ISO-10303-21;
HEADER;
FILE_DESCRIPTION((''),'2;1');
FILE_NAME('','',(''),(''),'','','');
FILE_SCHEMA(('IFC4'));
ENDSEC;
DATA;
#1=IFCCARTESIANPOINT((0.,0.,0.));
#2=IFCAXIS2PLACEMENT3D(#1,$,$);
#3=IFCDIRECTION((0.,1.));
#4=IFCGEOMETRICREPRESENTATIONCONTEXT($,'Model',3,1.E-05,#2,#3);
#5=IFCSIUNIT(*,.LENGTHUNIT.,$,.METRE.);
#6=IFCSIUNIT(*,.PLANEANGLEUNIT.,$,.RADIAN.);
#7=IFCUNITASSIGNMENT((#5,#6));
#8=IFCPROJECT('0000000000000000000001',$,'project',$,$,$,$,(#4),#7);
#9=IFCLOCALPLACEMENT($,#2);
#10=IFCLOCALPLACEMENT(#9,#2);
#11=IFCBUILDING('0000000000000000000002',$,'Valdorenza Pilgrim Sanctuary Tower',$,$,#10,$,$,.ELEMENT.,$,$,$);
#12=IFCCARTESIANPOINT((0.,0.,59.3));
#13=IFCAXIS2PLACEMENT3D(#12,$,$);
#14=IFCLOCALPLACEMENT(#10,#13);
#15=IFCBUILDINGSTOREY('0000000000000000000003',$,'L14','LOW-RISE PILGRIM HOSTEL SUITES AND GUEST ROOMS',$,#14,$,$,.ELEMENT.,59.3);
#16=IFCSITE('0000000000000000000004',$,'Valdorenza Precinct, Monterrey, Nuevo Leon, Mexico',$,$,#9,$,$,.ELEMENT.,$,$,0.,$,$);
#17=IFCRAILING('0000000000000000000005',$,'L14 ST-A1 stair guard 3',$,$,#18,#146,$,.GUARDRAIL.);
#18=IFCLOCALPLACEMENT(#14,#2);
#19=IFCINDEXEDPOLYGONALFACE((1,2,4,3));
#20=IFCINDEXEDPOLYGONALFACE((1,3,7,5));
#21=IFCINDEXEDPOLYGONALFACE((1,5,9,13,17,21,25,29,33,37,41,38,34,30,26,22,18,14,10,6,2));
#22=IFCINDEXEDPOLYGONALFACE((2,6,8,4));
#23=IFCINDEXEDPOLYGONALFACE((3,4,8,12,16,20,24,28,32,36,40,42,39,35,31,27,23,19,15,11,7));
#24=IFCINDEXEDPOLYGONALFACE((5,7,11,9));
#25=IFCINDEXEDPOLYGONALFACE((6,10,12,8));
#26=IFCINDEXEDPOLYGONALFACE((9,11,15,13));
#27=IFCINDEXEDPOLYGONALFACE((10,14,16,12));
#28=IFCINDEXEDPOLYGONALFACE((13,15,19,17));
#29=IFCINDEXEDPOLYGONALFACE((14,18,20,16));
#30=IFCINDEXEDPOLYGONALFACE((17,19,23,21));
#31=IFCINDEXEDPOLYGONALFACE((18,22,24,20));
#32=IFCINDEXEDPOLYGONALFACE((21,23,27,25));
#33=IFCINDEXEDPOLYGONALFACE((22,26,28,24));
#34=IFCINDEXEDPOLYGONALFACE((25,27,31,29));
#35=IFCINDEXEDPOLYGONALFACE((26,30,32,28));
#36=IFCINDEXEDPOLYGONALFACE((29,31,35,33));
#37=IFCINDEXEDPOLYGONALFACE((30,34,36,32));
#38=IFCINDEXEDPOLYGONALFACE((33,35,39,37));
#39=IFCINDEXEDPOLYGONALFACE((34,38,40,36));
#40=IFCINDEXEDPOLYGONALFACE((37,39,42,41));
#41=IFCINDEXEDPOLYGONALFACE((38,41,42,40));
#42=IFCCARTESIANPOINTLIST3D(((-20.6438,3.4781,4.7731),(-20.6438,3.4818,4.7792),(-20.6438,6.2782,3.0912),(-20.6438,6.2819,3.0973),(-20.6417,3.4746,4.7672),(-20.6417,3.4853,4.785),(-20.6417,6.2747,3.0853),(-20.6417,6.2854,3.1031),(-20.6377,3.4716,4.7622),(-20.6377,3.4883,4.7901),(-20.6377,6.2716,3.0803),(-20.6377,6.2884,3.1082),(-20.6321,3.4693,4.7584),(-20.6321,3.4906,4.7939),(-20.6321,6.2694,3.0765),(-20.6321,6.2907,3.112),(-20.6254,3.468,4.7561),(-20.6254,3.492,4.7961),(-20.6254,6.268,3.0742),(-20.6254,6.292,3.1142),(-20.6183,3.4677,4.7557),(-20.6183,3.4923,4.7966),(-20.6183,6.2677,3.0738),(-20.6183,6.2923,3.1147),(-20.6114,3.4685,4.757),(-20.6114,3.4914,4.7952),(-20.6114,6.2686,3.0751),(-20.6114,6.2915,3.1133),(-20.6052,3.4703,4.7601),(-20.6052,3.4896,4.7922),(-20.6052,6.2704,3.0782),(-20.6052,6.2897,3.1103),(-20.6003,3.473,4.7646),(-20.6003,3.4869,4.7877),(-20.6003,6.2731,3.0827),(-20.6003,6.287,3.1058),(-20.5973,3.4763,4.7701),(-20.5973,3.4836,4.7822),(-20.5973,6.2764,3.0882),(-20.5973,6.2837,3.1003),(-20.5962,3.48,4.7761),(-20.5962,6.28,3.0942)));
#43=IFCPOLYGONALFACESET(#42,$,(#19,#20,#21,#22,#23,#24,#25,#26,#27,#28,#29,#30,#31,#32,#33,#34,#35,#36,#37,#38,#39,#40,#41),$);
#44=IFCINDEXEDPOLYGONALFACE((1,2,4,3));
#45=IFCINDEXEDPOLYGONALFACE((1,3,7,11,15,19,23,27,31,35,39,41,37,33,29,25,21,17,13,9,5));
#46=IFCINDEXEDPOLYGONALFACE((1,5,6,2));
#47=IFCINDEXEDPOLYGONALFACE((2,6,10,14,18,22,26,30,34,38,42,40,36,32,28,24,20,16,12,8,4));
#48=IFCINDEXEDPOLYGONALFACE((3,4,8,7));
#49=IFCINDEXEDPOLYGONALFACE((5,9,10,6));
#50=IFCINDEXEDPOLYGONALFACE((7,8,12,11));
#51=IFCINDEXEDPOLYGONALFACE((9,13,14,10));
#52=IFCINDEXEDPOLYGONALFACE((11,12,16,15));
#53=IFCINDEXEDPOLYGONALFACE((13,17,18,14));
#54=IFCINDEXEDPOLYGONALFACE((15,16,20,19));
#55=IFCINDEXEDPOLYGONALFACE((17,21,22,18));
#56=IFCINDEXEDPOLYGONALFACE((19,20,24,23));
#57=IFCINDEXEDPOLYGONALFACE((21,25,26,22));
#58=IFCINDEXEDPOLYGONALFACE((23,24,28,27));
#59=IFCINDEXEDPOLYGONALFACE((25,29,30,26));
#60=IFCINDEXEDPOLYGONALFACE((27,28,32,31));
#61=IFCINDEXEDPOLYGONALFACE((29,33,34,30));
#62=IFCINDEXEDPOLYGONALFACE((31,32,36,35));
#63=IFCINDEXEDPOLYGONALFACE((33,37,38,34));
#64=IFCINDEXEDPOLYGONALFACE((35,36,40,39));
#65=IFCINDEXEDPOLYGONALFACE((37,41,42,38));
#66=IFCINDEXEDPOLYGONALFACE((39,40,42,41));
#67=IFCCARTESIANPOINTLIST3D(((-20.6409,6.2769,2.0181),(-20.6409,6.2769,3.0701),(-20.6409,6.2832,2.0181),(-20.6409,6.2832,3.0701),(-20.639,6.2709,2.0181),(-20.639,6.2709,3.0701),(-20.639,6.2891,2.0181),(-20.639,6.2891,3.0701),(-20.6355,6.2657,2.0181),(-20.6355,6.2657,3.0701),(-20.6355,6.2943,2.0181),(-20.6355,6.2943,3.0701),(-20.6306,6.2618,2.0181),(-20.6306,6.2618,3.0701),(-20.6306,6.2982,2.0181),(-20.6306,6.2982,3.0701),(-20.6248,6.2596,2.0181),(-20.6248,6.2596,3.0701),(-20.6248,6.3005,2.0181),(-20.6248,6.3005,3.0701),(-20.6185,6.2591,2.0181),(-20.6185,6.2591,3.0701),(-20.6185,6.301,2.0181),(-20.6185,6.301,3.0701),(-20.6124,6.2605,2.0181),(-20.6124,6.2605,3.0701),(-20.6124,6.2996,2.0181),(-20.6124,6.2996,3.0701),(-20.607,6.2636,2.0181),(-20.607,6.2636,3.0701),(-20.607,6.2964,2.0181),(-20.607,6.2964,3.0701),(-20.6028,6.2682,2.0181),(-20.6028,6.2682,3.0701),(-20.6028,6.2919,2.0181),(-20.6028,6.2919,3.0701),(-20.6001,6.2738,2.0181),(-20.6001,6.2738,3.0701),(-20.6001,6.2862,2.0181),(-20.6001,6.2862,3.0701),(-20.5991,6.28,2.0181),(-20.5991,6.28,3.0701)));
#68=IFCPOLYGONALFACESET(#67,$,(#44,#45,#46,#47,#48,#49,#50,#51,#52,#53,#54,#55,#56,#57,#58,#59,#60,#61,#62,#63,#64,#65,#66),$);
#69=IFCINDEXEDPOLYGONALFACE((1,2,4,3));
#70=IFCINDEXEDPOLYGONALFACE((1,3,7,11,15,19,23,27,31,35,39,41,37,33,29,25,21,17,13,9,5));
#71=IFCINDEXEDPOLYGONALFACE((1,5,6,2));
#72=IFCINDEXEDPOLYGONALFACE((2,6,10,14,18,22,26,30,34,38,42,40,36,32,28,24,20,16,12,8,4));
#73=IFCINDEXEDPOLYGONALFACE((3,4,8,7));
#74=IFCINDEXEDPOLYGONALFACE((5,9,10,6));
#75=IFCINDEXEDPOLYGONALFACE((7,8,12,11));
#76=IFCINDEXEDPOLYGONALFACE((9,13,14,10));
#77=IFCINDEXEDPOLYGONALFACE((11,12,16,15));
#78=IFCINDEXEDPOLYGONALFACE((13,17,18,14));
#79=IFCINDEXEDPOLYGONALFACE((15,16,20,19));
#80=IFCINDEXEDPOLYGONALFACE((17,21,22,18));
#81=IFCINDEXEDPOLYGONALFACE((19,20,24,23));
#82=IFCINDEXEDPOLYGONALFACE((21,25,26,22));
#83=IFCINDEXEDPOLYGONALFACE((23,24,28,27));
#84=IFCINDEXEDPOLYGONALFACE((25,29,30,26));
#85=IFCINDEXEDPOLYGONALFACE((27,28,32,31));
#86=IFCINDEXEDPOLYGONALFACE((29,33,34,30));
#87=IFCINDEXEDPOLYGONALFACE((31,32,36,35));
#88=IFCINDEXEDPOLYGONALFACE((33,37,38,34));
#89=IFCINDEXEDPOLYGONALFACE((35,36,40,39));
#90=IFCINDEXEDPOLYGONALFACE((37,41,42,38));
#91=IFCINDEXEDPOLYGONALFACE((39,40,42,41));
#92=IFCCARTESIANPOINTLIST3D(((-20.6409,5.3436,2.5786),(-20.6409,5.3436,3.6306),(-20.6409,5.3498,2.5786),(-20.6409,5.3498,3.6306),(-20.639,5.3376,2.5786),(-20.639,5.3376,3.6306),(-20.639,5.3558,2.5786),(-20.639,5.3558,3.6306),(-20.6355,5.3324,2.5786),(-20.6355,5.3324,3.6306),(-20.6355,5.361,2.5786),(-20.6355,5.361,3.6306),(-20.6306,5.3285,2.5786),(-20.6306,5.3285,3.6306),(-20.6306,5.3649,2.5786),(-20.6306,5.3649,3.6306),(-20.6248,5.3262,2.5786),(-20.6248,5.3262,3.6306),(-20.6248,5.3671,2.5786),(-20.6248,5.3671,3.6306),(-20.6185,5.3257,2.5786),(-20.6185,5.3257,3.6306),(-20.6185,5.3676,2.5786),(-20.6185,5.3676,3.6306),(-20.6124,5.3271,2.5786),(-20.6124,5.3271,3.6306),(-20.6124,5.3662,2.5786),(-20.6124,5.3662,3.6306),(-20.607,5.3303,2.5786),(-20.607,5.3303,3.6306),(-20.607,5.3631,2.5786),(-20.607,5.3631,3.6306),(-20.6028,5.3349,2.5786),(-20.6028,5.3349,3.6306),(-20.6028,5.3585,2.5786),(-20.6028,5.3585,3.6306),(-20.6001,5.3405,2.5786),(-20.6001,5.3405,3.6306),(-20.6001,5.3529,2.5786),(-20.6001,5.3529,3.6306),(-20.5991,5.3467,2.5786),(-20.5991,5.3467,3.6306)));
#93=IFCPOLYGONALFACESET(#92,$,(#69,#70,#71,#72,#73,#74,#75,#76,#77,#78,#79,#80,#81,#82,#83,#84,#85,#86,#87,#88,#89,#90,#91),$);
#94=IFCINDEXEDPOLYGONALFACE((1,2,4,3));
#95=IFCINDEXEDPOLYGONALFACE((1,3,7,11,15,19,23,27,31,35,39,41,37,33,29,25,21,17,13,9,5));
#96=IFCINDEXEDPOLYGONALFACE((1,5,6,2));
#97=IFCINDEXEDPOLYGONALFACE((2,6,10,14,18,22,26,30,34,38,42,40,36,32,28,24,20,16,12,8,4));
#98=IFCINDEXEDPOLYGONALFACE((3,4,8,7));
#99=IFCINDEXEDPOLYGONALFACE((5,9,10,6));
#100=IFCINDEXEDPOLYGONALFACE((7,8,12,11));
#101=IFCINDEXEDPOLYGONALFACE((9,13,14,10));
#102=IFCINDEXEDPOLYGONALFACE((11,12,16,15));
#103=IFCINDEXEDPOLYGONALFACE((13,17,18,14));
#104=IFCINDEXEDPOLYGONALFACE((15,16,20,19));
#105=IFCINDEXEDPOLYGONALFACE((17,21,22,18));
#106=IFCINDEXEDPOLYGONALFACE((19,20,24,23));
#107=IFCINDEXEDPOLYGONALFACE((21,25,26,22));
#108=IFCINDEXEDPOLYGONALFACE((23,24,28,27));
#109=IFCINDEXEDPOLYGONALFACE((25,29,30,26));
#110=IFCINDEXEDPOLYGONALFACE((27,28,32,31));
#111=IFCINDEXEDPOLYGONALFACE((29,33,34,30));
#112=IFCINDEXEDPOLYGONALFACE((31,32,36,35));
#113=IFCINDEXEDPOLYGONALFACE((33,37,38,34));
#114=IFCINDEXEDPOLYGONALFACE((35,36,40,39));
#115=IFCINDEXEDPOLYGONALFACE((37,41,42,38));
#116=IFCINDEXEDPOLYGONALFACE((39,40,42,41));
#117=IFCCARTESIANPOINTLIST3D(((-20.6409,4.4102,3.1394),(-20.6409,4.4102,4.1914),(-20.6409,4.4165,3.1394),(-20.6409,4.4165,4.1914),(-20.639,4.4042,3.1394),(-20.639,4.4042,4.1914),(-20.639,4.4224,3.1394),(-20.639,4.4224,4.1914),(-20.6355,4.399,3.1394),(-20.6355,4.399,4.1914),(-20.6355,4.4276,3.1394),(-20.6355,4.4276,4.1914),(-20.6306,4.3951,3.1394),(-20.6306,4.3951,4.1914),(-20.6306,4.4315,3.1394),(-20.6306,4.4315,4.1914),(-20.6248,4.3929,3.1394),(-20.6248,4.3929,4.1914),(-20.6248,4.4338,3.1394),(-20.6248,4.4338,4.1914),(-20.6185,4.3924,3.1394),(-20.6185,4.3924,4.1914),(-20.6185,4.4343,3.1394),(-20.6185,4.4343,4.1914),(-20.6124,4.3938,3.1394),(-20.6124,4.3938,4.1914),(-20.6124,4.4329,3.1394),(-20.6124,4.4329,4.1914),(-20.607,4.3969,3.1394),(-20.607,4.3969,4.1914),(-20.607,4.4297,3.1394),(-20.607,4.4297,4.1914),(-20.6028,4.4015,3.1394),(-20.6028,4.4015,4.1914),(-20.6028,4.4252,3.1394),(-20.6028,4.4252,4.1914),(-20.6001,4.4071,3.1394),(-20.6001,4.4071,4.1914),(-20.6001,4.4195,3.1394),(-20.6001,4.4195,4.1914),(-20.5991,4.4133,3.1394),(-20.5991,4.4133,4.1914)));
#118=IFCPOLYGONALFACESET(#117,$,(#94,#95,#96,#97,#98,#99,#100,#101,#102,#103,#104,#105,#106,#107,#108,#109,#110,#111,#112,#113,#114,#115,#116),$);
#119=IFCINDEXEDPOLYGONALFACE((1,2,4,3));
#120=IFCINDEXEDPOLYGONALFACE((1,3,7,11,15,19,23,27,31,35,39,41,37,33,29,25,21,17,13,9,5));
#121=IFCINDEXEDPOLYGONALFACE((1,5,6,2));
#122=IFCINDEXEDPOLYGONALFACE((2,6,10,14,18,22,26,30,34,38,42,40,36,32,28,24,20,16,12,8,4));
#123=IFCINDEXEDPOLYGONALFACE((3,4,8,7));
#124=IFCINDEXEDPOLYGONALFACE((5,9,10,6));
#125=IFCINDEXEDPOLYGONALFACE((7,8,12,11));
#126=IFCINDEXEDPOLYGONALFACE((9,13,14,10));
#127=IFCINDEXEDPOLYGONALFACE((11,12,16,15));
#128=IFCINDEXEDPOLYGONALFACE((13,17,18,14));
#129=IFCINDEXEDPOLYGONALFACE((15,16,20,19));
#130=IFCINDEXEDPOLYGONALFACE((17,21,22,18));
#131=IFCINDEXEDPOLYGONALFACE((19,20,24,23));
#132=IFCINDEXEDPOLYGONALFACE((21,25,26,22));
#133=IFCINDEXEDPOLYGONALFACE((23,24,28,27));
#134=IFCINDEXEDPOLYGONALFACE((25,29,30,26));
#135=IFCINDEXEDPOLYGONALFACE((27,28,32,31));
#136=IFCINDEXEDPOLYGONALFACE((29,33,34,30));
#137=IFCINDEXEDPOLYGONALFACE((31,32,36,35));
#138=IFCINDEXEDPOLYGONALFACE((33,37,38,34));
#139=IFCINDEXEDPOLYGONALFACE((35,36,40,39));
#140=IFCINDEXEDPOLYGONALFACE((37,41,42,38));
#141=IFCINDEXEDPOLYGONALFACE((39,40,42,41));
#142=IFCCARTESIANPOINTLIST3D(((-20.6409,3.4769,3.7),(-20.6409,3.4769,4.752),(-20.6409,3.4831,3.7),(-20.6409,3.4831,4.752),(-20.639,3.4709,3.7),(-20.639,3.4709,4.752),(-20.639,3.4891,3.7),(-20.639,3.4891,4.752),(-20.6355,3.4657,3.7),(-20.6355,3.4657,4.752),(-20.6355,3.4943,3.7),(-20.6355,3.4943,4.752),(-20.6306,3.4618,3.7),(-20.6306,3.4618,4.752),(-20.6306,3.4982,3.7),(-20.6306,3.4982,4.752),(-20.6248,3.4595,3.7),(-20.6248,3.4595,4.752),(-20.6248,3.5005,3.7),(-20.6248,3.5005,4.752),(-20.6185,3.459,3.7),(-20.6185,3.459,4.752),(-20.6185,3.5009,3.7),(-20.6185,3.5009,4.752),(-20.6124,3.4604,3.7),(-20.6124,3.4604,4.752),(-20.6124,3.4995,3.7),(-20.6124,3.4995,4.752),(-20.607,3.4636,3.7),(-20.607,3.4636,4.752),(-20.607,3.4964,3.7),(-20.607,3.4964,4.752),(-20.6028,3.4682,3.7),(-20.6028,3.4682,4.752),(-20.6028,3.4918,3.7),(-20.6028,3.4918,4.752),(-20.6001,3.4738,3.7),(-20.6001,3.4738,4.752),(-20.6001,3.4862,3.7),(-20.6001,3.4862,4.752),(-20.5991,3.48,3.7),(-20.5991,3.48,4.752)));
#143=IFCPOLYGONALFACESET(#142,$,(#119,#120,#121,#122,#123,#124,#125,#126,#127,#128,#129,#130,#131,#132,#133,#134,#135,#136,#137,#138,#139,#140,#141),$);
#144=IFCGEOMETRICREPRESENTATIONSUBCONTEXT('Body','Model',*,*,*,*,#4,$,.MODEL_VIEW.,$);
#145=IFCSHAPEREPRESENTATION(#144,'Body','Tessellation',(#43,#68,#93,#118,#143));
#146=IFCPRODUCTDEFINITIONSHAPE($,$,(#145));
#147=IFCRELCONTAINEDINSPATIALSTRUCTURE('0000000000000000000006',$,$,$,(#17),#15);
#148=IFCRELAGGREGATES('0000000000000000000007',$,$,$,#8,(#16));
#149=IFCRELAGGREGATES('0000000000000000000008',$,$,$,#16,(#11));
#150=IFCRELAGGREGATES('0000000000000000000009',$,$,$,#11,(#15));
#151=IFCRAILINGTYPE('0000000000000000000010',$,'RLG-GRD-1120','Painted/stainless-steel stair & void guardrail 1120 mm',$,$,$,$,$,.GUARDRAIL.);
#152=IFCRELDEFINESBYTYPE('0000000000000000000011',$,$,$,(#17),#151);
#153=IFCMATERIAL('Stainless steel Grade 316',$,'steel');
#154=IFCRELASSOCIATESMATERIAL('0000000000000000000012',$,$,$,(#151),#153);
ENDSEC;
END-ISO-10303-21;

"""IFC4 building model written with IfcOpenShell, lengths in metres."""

from ifc_helpers import new_model, si_unit, direction, frame, origin, origin_2d, place, context, subcontext, project, spatial, circle, extrude, material, type_object, element, save


model = new_model("IFC4")

# Units and contexts
model_context = context("Model", 3, precision=1e-05, world=origin(), true_north=direction((0.0, 1.0)))
body_context = subcontext(model_context, "Body", "Model", "MODEL_VIEW")
ifc_project = project(units=[si_unit("LENGTHUNIT", "METRE"), si_unit("PLANEANGLEUNIT", "RADIAN")], contexts=[model_context])

# Site, building, storey
site_placement = place(None, origin())
site = spatial("IfcSite", under=ifc_project, at=site_placement, Name="Valdorenza Precinct, Monterrey, Nuevo Leon, Mexico", CompositionType="ELEMENT", RefElevation=0.0)
building_placement = place(site_placement, origin())
building = spatial("IfcBuilding", under=site, at=building_placement, Name="Valdorenza Pilgrim Sanctuary Tower", CompositionType="ELEMENT")
storey_placement = place(building_placement, frame((0.0, 0.0, 59.3)))
storey = spatial("IfcBuildingStorey", under=building, at=storey_placement, Name="L14", Description="LOW-RISE PILGRIM HOSTEL SUITES AND GUEST ROOMS", CompositionType="ELEMENT", Elevation=59.3)

# Railing
ifc_material_1 = material(Name="Stainless steel Grade 316", Category="steel")
railing_type_1 = type_object("IfcRailingType", Name="RLG-GRD-1120", Description="Painted/stainless-steel stair & void guardrail 1120 mm", PredefinedType="GUARDRAIL", material=ifc_material_1)
railing_1_placement = place(storey_placement, frame((-20.6201, 6.28, 2.0181)))
element("IfcRailing", 1, at=railing_1_placement, inside=storey, type_object=railing_type_1, Name="L14 ST-A1 stair guard 3", PredefinedType="GUARDRAIL", context=body_context, shape_type="SweptSolid", body=[
    extrude(circle(Radius=0.0239, at=origin_2d()), frame((0.0, 0.0, 1.0762), z_axis=(0.0, -0.857242, 0.514913), x_axis=(1.0, 0.0, 0.0)), (0.0, 0.0, 1.0), 3.2664),
    extrude(circle(Radius=0.021, at=origin_2d()), origin(), (0.0, 0.0, 1.0), 1.052),
    extrude(circle(Radius=0.021, at=origin_2d()), frame((0.0, -0.9333, 0.5605)), (0.0, 0.0, 1.0), 1.052),
    extrude(circle(Radius=0.021, at=origin_2d()), frame((0.0, -1.8667, 1.1213)), (0.0, 0.0, 1.0), 1.052),
    extrude(circle(Radius=0.021, at=origin_2d()), frame((0.0, -2.8, 1.6819)), (0.0, 0.0, 1.0), 1.052),
])

save(model, "model.ifc")
